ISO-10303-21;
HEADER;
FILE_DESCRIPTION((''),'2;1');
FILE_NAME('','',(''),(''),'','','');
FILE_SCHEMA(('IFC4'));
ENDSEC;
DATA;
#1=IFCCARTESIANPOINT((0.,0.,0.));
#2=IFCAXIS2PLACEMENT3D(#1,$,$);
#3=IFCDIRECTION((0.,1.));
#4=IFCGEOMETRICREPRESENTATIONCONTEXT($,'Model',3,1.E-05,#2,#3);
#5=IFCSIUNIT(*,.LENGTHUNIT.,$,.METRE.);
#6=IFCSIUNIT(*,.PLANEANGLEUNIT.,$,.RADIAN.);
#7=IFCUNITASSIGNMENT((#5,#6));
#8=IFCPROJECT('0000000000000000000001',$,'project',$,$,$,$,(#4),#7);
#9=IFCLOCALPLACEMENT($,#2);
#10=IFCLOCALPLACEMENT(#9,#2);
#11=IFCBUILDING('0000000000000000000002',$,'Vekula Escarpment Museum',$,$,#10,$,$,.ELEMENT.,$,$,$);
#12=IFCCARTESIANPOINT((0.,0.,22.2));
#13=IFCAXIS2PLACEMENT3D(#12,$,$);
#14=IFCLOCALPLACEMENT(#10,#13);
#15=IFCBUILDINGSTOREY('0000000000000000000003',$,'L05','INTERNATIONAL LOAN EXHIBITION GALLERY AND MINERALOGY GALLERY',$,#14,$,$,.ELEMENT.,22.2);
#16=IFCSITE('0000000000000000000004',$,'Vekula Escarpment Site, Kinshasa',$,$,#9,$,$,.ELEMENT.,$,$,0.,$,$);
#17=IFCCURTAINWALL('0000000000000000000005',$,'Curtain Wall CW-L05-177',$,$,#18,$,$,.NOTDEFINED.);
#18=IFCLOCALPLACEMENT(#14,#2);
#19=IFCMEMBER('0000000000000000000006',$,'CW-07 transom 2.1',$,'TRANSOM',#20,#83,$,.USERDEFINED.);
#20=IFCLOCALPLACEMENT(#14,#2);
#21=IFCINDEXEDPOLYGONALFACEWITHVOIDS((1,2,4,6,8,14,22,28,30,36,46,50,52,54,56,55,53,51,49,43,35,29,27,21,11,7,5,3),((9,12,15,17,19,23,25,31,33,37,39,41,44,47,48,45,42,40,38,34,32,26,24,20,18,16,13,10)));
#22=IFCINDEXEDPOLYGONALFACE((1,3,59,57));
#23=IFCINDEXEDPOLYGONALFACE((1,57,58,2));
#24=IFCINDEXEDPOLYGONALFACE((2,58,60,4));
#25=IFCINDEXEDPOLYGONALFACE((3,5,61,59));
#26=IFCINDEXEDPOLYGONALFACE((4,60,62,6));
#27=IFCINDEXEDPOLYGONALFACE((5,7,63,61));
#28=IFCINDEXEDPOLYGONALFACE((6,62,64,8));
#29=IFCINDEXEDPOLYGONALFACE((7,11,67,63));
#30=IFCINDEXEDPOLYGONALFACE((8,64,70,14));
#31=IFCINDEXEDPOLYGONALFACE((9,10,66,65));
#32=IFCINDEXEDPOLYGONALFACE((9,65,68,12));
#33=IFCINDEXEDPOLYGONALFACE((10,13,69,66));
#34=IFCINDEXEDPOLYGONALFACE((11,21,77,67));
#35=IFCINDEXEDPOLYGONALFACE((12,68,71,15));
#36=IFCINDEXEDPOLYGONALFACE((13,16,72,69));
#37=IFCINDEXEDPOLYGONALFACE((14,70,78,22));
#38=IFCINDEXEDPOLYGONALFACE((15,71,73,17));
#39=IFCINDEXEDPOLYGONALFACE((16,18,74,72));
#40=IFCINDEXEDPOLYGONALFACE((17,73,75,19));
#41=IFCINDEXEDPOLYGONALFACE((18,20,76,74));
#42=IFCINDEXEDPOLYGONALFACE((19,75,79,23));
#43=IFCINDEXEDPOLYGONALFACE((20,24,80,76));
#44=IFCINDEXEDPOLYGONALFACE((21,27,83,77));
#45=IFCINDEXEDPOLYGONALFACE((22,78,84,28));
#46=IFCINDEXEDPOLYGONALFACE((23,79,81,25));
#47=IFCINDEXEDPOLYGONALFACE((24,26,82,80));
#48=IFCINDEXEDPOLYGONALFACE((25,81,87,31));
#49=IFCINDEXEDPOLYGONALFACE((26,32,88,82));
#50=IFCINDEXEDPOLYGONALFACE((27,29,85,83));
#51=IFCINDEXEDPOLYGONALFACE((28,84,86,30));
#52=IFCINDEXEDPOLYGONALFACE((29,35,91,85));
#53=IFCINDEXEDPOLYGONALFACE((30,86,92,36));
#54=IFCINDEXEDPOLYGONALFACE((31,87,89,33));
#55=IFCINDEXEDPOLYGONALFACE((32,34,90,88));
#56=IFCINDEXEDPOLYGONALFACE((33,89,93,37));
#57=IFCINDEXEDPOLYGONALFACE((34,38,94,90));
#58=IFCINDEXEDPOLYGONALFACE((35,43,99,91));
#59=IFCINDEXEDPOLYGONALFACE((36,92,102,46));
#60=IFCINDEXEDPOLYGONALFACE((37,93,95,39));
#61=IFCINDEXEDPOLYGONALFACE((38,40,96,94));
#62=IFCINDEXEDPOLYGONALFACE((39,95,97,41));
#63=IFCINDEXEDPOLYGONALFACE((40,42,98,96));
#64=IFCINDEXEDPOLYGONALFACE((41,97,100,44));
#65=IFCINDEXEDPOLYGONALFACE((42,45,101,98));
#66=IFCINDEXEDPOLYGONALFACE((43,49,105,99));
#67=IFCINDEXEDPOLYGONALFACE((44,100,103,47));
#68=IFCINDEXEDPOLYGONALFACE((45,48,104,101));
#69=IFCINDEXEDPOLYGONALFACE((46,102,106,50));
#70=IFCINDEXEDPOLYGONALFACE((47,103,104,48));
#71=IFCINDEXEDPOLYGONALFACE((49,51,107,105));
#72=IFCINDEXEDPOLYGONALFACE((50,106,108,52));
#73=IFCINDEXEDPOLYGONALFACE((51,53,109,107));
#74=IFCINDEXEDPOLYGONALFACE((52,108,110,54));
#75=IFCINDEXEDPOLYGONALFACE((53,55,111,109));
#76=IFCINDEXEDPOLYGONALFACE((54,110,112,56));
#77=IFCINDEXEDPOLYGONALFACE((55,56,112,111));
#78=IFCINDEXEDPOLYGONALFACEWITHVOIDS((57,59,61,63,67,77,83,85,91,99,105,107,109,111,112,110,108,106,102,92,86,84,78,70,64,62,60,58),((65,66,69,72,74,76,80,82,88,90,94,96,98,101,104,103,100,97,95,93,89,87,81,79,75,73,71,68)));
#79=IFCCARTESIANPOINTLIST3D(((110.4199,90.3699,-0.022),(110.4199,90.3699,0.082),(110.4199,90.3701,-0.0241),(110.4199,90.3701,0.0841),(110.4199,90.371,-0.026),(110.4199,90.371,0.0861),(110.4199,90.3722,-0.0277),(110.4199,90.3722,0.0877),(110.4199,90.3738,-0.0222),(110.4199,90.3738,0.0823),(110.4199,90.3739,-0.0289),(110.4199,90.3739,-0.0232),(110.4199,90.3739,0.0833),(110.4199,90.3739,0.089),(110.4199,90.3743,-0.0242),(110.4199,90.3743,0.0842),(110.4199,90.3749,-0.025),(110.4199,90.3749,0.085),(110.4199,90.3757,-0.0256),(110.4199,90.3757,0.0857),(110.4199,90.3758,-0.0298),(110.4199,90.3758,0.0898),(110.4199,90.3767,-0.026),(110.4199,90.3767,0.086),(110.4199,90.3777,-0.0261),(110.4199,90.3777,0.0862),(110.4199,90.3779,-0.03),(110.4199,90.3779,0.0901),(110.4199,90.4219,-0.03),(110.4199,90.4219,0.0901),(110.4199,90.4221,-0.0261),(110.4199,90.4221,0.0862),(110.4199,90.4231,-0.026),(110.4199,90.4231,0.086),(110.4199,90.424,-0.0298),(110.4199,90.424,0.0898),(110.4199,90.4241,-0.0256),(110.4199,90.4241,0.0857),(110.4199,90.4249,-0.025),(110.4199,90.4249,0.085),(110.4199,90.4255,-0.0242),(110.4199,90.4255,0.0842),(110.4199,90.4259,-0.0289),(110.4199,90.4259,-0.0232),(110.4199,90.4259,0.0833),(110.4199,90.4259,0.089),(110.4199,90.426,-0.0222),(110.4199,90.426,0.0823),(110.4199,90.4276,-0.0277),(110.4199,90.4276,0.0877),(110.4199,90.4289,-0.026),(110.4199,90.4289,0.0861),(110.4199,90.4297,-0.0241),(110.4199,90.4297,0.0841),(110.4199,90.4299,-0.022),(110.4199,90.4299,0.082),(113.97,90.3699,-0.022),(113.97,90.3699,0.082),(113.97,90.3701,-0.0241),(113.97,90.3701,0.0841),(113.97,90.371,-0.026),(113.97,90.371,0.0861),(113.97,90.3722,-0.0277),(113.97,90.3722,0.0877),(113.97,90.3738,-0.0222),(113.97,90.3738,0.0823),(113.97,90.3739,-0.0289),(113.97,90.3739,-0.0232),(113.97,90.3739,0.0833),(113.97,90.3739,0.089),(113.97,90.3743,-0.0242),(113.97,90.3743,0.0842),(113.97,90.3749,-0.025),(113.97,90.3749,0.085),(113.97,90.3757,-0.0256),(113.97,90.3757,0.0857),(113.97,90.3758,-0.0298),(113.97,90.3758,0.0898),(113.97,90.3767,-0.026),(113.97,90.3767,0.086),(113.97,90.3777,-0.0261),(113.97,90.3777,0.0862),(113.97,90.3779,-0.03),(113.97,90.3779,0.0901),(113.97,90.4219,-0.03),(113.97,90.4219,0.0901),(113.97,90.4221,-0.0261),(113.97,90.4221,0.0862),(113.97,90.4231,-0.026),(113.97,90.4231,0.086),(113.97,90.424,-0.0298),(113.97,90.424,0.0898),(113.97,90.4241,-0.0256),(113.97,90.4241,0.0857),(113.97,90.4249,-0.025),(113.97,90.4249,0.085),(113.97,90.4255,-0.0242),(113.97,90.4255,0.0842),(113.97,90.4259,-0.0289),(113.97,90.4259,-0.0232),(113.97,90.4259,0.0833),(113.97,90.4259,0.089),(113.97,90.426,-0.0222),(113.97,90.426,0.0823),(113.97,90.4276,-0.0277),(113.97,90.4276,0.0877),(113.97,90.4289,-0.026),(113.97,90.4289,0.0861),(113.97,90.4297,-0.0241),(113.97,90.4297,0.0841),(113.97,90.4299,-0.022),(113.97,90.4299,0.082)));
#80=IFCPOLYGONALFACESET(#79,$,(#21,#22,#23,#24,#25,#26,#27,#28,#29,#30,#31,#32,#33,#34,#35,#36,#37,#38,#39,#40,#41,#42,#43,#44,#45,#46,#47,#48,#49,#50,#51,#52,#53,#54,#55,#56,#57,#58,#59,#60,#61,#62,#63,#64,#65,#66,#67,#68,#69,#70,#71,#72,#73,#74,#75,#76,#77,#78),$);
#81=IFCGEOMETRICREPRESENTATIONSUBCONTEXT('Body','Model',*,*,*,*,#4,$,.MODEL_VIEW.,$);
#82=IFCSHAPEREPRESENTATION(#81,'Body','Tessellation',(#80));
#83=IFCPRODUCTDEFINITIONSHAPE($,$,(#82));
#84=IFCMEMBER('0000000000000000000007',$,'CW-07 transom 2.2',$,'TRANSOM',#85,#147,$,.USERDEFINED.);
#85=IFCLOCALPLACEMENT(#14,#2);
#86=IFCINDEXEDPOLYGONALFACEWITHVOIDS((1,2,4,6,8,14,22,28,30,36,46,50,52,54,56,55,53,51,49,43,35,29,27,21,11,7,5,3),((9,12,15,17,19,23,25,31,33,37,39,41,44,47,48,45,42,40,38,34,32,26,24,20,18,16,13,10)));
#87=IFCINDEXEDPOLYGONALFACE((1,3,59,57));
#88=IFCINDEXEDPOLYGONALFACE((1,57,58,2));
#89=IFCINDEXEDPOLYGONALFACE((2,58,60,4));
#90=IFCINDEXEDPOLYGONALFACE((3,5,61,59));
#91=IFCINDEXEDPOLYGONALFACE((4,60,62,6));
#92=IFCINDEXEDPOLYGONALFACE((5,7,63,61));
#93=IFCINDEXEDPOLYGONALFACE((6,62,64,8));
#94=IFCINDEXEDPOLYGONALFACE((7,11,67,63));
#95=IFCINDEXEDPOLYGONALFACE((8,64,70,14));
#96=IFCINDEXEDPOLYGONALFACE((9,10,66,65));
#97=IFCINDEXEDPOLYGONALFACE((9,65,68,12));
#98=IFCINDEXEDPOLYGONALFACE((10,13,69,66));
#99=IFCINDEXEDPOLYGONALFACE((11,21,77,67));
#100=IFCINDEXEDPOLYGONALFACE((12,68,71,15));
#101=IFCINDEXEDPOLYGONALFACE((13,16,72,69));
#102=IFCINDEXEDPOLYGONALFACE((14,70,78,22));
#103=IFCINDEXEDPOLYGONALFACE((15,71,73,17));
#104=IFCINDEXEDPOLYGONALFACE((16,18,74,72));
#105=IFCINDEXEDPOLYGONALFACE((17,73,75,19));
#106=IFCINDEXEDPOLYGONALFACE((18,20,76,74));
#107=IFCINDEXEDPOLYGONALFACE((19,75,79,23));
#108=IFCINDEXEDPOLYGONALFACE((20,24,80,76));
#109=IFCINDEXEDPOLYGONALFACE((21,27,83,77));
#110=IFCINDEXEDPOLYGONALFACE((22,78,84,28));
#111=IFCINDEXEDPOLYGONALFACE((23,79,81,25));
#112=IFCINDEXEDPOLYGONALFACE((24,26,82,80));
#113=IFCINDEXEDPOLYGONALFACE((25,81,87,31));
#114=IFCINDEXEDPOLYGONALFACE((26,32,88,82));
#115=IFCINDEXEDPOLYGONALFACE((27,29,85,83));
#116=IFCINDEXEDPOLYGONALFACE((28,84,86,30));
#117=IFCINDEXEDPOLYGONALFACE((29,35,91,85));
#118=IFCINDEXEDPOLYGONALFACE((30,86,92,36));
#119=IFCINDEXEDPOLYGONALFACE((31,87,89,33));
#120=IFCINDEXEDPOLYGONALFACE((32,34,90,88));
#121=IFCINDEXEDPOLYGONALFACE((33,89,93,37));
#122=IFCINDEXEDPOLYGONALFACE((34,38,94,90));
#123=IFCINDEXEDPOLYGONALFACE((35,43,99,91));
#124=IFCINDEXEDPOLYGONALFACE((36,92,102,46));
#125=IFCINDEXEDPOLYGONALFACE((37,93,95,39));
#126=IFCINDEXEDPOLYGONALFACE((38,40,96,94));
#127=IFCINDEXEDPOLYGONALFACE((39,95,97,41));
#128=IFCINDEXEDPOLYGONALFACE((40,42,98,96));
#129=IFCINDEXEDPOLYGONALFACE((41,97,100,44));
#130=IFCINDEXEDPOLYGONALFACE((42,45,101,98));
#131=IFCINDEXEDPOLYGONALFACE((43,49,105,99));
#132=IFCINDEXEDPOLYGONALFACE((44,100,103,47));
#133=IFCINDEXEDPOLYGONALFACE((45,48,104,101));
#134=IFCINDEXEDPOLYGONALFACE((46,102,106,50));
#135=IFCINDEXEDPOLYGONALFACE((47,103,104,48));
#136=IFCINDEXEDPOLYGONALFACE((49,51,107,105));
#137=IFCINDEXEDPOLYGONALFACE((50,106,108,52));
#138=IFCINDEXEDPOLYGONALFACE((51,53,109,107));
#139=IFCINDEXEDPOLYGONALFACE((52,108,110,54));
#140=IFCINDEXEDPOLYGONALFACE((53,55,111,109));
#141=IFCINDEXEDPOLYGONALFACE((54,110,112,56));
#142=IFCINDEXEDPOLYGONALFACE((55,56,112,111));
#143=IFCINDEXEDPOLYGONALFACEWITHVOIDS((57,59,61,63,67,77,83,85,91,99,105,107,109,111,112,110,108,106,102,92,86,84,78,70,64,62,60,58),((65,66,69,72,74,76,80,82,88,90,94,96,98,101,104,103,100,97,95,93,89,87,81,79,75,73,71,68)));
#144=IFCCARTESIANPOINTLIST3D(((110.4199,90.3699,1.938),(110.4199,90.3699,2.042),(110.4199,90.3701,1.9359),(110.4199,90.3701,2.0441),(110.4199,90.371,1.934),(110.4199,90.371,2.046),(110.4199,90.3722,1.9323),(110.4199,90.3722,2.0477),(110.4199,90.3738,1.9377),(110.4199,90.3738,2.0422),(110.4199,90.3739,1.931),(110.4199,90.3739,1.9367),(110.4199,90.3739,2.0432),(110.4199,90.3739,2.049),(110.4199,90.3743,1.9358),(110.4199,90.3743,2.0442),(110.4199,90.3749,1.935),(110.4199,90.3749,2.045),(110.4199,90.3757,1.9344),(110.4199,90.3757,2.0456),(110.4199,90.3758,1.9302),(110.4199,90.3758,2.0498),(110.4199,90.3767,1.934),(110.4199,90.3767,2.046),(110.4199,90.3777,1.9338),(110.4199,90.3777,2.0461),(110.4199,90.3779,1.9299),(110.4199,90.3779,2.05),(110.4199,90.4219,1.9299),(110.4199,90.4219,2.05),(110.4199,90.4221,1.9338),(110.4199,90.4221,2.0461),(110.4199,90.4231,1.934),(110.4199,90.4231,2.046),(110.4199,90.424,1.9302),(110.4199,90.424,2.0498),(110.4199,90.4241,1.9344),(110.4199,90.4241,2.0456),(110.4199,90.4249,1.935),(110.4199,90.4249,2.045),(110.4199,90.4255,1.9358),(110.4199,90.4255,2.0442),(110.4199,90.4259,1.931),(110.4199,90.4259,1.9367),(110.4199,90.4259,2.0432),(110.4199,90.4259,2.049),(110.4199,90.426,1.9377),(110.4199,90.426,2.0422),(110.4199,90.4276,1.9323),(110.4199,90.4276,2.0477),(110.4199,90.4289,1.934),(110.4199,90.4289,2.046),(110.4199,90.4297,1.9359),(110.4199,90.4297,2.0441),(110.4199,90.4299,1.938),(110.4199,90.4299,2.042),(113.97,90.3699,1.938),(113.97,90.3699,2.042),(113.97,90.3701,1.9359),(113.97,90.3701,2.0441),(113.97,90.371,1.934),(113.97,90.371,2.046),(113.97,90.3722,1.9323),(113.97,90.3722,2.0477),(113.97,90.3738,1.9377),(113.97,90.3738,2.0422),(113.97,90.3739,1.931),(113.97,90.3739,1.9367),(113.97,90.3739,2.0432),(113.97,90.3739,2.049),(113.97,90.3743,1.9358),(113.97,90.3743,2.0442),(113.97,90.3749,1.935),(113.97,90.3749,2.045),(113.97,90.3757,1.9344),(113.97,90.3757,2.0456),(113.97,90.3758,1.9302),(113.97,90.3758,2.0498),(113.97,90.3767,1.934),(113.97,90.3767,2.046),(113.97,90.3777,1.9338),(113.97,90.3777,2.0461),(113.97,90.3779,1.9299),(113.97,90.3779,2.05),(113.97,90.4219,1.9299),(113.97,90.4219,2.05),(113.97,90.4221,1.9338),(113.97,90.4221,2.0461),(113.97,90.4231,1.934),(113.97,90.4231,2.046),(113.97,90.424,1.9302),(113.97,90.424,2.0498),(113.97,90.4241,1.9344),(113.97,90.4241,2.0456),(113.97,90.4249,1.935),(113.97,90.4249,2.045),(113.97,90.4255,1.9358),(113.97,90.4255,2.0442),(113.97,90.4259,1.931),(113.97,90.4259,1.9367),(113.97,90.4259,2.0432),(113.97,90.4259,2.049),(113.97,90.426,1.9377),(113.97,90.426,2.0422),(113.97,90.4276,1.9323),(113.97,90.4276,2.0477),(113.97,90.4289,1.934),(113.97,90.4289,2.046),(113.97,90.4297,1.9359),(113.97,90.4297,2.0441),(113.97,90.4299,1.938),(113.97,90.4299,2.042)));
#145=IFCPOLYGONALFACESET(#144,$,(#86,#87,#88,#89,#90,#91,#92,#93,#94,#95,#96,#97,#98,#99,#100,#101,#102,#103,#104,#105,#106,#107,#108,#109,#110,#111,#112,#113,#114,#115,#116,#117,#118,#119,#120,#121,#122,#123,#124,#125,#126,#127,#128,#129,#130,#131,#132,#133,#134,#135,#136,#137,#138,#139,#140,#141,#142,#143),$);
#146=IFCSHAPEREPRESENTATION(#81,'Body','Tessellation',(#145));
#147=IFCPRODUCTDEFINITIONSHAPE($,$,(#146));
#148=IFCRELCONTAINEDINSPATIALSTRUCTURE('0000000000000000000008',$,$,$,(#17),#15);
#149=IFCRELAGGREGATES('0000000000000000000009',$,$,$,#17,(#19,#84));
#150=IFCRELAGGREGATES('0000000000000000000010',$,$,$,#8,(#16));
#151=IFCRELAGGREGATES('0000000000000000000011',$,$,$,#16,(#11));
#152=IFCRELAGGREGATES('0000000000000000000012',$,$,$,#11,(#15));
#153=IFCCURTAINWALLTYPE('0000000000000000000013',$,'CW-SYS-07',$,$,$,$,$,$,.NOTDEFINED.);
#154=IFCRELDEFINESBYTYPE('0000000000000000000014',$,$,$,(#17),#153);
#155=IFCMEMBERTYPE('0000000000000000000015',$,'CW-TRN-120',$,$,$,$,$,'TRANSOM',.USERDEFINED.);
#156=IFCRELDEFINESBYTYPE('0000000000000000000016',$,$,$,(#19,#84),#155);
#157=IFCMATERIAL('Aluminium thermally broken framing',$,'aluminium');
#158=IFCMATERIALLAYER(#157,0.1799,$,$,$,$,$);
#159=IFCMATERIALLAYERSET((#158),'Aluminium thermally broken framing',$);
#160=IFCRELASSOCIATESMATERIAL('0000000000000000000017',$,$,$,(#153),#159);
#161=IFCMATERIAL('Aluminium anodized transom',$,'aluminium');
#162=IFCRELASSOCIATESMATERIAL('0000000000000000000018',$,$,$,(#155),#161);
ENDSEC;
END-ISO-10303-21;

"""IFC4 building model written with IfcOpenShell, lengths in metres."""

from ifc_helpers import new_model, si_unit, direction, frame, origin, origin_2d, place, context, subcontext, project, spatial, hollow_rectangle, extrude, material, layer, layer_set, material_profile, profile_set, type_object, element, aggregate, save


model = new_model("IFC4")

# Units and contexts
model_context = context("Model", 3, precision=1e-05, world=origin(), true_north=direction((0.0, 1.0)))
body_context = subcontext(model_context, "Body", "Model", "MODEL_VIEW")
ifc_project = project(units=[si_unit("LENGTHUNIT", "METRE"), si_unit("PLANEANGLEUNIT", "RADIAN")], contexts=[model_context])

# Site, building, storey
site_placement = place(None, origin())
site = spatial("IfcSite", under=ifc_project, at=site_placement, Name="Vekula Escarpment Site, Kinshasa", CompositionType="ELEMENT", RefElevation=0.0)
building_placement = place(site_placement, origin())
building = spatial("IfcBuilding", under=site, at=building_placement, Name="Vekula Escarpment Museum", CompositionType="ELEMENT")
storey_placement = place(building_placement, frame((0.0, 0.0, 22.2)))
storey = spatial("IfcBuildingStorey", under=building, at=storey_placement, Name="L05", Description="INTERNATIONAL LOAN EXHIBITION GALLERY AND MINERALOGY GALLERY", CompositionType="ELEMENT", Elevation=22.2)

# Curtain wall, members
ifc_material_1 = material(Name="Aluminium thermally broken framing", Category="aluminium")
ifc_layer_1 = layer(ifc_material_1, 0.1799)
ifc_layer_set_1 = layer_set([ifc_layer_1], Name="Aluminium thermally broken framing")
curtain_wall_type = type_object("IfcCurtainWallType", Name="CW-SYS-07", PredefinedType="NOTDEFINED", material=ifc_layer_set_1)
curtain_wall_placement = place(storey_placement, origin())
curtain_wall = element("IfcCurtainWall", 1, at=curtain_wall_placement, inside=storey, type_object=curtain_wall_type, Name="Curtain Wall CW-L05-177", PredefinedType="NOTDEFINED")
ifc_material_2 = material(Name="Aluminium anodized transom", Category="aluminium")
ifc_material_profile_1 = material_profile(ifc_material_2, hollow_rectangle(XDim=0.0601, YDim=0.1201, WallThickness=0.0039, InnerFilletRadius=0.0039, OuterFilletRadius=0.0081, at=origin_2d()), Name="ALU 120x60x4")
ifc_profile_set_1 = profile_set([ifc_material_profile_1], Name="Aluminium anodized transom")
member_type_1 = type_object("IfcMemberType", Name="CW-TRN-120", ElementType="TRANSOM", PredefinedType="USERDEFINED", material=ifc_profile_set_1)
member_1_placement = place(storey_placement, frame((113.97, 90.3999, 0.03), z_axis=(-1.0, 0.0, 0.0), x_axis=(0.0, -1.0, 0.0)))
member_1 = element("IfcMember", 2, at=member_1_placement, type_object=member_type_1, Name="CW-07 transom 2.1", ObjectType="TRANSOM", PredefinedType="USERDEFINED", context=body_context, shape_type="SweptSolid", body=[
    extrude(hollow_rectangle(XDim=0.0601, YDim=0.1201, WallThickness=0.0039, InnerFilletRadius=0.0039, OuterFilletRadius=0.0081, at=origin_2d()), origin(), (0.0, 0.0, 1.0), 3.55),
])
member_2_placement = place(storey_placement, frame((113.97, 90.3999, 1.99), z_axis=(-1.0, 0.0, 0.0), x_axis=(0.0, -1.0, 0.0)))
member_2 = element("IfcMember", 3, at=member_2_placement, type_object=member_type_1, Name="CW-07 transom 2.2", ObjectType="TRANSOM", PredefinedType="USERDEFINED", context=body_context, shape_type="SweptSolid", body=[
    extrude(hollow_rectangle(XDim=0.0601, YDim=0.1201, WallThickness=0.0039, InnerFilletRadius=0.0039, OuterFilletRadius=0.0081, at=origin_2d()), origin(), (0.0, 0.0, 1.0), 3.55),
])

aggregate(curtain_wall, [member_1, member_2])

save(model, "model.ifc")
